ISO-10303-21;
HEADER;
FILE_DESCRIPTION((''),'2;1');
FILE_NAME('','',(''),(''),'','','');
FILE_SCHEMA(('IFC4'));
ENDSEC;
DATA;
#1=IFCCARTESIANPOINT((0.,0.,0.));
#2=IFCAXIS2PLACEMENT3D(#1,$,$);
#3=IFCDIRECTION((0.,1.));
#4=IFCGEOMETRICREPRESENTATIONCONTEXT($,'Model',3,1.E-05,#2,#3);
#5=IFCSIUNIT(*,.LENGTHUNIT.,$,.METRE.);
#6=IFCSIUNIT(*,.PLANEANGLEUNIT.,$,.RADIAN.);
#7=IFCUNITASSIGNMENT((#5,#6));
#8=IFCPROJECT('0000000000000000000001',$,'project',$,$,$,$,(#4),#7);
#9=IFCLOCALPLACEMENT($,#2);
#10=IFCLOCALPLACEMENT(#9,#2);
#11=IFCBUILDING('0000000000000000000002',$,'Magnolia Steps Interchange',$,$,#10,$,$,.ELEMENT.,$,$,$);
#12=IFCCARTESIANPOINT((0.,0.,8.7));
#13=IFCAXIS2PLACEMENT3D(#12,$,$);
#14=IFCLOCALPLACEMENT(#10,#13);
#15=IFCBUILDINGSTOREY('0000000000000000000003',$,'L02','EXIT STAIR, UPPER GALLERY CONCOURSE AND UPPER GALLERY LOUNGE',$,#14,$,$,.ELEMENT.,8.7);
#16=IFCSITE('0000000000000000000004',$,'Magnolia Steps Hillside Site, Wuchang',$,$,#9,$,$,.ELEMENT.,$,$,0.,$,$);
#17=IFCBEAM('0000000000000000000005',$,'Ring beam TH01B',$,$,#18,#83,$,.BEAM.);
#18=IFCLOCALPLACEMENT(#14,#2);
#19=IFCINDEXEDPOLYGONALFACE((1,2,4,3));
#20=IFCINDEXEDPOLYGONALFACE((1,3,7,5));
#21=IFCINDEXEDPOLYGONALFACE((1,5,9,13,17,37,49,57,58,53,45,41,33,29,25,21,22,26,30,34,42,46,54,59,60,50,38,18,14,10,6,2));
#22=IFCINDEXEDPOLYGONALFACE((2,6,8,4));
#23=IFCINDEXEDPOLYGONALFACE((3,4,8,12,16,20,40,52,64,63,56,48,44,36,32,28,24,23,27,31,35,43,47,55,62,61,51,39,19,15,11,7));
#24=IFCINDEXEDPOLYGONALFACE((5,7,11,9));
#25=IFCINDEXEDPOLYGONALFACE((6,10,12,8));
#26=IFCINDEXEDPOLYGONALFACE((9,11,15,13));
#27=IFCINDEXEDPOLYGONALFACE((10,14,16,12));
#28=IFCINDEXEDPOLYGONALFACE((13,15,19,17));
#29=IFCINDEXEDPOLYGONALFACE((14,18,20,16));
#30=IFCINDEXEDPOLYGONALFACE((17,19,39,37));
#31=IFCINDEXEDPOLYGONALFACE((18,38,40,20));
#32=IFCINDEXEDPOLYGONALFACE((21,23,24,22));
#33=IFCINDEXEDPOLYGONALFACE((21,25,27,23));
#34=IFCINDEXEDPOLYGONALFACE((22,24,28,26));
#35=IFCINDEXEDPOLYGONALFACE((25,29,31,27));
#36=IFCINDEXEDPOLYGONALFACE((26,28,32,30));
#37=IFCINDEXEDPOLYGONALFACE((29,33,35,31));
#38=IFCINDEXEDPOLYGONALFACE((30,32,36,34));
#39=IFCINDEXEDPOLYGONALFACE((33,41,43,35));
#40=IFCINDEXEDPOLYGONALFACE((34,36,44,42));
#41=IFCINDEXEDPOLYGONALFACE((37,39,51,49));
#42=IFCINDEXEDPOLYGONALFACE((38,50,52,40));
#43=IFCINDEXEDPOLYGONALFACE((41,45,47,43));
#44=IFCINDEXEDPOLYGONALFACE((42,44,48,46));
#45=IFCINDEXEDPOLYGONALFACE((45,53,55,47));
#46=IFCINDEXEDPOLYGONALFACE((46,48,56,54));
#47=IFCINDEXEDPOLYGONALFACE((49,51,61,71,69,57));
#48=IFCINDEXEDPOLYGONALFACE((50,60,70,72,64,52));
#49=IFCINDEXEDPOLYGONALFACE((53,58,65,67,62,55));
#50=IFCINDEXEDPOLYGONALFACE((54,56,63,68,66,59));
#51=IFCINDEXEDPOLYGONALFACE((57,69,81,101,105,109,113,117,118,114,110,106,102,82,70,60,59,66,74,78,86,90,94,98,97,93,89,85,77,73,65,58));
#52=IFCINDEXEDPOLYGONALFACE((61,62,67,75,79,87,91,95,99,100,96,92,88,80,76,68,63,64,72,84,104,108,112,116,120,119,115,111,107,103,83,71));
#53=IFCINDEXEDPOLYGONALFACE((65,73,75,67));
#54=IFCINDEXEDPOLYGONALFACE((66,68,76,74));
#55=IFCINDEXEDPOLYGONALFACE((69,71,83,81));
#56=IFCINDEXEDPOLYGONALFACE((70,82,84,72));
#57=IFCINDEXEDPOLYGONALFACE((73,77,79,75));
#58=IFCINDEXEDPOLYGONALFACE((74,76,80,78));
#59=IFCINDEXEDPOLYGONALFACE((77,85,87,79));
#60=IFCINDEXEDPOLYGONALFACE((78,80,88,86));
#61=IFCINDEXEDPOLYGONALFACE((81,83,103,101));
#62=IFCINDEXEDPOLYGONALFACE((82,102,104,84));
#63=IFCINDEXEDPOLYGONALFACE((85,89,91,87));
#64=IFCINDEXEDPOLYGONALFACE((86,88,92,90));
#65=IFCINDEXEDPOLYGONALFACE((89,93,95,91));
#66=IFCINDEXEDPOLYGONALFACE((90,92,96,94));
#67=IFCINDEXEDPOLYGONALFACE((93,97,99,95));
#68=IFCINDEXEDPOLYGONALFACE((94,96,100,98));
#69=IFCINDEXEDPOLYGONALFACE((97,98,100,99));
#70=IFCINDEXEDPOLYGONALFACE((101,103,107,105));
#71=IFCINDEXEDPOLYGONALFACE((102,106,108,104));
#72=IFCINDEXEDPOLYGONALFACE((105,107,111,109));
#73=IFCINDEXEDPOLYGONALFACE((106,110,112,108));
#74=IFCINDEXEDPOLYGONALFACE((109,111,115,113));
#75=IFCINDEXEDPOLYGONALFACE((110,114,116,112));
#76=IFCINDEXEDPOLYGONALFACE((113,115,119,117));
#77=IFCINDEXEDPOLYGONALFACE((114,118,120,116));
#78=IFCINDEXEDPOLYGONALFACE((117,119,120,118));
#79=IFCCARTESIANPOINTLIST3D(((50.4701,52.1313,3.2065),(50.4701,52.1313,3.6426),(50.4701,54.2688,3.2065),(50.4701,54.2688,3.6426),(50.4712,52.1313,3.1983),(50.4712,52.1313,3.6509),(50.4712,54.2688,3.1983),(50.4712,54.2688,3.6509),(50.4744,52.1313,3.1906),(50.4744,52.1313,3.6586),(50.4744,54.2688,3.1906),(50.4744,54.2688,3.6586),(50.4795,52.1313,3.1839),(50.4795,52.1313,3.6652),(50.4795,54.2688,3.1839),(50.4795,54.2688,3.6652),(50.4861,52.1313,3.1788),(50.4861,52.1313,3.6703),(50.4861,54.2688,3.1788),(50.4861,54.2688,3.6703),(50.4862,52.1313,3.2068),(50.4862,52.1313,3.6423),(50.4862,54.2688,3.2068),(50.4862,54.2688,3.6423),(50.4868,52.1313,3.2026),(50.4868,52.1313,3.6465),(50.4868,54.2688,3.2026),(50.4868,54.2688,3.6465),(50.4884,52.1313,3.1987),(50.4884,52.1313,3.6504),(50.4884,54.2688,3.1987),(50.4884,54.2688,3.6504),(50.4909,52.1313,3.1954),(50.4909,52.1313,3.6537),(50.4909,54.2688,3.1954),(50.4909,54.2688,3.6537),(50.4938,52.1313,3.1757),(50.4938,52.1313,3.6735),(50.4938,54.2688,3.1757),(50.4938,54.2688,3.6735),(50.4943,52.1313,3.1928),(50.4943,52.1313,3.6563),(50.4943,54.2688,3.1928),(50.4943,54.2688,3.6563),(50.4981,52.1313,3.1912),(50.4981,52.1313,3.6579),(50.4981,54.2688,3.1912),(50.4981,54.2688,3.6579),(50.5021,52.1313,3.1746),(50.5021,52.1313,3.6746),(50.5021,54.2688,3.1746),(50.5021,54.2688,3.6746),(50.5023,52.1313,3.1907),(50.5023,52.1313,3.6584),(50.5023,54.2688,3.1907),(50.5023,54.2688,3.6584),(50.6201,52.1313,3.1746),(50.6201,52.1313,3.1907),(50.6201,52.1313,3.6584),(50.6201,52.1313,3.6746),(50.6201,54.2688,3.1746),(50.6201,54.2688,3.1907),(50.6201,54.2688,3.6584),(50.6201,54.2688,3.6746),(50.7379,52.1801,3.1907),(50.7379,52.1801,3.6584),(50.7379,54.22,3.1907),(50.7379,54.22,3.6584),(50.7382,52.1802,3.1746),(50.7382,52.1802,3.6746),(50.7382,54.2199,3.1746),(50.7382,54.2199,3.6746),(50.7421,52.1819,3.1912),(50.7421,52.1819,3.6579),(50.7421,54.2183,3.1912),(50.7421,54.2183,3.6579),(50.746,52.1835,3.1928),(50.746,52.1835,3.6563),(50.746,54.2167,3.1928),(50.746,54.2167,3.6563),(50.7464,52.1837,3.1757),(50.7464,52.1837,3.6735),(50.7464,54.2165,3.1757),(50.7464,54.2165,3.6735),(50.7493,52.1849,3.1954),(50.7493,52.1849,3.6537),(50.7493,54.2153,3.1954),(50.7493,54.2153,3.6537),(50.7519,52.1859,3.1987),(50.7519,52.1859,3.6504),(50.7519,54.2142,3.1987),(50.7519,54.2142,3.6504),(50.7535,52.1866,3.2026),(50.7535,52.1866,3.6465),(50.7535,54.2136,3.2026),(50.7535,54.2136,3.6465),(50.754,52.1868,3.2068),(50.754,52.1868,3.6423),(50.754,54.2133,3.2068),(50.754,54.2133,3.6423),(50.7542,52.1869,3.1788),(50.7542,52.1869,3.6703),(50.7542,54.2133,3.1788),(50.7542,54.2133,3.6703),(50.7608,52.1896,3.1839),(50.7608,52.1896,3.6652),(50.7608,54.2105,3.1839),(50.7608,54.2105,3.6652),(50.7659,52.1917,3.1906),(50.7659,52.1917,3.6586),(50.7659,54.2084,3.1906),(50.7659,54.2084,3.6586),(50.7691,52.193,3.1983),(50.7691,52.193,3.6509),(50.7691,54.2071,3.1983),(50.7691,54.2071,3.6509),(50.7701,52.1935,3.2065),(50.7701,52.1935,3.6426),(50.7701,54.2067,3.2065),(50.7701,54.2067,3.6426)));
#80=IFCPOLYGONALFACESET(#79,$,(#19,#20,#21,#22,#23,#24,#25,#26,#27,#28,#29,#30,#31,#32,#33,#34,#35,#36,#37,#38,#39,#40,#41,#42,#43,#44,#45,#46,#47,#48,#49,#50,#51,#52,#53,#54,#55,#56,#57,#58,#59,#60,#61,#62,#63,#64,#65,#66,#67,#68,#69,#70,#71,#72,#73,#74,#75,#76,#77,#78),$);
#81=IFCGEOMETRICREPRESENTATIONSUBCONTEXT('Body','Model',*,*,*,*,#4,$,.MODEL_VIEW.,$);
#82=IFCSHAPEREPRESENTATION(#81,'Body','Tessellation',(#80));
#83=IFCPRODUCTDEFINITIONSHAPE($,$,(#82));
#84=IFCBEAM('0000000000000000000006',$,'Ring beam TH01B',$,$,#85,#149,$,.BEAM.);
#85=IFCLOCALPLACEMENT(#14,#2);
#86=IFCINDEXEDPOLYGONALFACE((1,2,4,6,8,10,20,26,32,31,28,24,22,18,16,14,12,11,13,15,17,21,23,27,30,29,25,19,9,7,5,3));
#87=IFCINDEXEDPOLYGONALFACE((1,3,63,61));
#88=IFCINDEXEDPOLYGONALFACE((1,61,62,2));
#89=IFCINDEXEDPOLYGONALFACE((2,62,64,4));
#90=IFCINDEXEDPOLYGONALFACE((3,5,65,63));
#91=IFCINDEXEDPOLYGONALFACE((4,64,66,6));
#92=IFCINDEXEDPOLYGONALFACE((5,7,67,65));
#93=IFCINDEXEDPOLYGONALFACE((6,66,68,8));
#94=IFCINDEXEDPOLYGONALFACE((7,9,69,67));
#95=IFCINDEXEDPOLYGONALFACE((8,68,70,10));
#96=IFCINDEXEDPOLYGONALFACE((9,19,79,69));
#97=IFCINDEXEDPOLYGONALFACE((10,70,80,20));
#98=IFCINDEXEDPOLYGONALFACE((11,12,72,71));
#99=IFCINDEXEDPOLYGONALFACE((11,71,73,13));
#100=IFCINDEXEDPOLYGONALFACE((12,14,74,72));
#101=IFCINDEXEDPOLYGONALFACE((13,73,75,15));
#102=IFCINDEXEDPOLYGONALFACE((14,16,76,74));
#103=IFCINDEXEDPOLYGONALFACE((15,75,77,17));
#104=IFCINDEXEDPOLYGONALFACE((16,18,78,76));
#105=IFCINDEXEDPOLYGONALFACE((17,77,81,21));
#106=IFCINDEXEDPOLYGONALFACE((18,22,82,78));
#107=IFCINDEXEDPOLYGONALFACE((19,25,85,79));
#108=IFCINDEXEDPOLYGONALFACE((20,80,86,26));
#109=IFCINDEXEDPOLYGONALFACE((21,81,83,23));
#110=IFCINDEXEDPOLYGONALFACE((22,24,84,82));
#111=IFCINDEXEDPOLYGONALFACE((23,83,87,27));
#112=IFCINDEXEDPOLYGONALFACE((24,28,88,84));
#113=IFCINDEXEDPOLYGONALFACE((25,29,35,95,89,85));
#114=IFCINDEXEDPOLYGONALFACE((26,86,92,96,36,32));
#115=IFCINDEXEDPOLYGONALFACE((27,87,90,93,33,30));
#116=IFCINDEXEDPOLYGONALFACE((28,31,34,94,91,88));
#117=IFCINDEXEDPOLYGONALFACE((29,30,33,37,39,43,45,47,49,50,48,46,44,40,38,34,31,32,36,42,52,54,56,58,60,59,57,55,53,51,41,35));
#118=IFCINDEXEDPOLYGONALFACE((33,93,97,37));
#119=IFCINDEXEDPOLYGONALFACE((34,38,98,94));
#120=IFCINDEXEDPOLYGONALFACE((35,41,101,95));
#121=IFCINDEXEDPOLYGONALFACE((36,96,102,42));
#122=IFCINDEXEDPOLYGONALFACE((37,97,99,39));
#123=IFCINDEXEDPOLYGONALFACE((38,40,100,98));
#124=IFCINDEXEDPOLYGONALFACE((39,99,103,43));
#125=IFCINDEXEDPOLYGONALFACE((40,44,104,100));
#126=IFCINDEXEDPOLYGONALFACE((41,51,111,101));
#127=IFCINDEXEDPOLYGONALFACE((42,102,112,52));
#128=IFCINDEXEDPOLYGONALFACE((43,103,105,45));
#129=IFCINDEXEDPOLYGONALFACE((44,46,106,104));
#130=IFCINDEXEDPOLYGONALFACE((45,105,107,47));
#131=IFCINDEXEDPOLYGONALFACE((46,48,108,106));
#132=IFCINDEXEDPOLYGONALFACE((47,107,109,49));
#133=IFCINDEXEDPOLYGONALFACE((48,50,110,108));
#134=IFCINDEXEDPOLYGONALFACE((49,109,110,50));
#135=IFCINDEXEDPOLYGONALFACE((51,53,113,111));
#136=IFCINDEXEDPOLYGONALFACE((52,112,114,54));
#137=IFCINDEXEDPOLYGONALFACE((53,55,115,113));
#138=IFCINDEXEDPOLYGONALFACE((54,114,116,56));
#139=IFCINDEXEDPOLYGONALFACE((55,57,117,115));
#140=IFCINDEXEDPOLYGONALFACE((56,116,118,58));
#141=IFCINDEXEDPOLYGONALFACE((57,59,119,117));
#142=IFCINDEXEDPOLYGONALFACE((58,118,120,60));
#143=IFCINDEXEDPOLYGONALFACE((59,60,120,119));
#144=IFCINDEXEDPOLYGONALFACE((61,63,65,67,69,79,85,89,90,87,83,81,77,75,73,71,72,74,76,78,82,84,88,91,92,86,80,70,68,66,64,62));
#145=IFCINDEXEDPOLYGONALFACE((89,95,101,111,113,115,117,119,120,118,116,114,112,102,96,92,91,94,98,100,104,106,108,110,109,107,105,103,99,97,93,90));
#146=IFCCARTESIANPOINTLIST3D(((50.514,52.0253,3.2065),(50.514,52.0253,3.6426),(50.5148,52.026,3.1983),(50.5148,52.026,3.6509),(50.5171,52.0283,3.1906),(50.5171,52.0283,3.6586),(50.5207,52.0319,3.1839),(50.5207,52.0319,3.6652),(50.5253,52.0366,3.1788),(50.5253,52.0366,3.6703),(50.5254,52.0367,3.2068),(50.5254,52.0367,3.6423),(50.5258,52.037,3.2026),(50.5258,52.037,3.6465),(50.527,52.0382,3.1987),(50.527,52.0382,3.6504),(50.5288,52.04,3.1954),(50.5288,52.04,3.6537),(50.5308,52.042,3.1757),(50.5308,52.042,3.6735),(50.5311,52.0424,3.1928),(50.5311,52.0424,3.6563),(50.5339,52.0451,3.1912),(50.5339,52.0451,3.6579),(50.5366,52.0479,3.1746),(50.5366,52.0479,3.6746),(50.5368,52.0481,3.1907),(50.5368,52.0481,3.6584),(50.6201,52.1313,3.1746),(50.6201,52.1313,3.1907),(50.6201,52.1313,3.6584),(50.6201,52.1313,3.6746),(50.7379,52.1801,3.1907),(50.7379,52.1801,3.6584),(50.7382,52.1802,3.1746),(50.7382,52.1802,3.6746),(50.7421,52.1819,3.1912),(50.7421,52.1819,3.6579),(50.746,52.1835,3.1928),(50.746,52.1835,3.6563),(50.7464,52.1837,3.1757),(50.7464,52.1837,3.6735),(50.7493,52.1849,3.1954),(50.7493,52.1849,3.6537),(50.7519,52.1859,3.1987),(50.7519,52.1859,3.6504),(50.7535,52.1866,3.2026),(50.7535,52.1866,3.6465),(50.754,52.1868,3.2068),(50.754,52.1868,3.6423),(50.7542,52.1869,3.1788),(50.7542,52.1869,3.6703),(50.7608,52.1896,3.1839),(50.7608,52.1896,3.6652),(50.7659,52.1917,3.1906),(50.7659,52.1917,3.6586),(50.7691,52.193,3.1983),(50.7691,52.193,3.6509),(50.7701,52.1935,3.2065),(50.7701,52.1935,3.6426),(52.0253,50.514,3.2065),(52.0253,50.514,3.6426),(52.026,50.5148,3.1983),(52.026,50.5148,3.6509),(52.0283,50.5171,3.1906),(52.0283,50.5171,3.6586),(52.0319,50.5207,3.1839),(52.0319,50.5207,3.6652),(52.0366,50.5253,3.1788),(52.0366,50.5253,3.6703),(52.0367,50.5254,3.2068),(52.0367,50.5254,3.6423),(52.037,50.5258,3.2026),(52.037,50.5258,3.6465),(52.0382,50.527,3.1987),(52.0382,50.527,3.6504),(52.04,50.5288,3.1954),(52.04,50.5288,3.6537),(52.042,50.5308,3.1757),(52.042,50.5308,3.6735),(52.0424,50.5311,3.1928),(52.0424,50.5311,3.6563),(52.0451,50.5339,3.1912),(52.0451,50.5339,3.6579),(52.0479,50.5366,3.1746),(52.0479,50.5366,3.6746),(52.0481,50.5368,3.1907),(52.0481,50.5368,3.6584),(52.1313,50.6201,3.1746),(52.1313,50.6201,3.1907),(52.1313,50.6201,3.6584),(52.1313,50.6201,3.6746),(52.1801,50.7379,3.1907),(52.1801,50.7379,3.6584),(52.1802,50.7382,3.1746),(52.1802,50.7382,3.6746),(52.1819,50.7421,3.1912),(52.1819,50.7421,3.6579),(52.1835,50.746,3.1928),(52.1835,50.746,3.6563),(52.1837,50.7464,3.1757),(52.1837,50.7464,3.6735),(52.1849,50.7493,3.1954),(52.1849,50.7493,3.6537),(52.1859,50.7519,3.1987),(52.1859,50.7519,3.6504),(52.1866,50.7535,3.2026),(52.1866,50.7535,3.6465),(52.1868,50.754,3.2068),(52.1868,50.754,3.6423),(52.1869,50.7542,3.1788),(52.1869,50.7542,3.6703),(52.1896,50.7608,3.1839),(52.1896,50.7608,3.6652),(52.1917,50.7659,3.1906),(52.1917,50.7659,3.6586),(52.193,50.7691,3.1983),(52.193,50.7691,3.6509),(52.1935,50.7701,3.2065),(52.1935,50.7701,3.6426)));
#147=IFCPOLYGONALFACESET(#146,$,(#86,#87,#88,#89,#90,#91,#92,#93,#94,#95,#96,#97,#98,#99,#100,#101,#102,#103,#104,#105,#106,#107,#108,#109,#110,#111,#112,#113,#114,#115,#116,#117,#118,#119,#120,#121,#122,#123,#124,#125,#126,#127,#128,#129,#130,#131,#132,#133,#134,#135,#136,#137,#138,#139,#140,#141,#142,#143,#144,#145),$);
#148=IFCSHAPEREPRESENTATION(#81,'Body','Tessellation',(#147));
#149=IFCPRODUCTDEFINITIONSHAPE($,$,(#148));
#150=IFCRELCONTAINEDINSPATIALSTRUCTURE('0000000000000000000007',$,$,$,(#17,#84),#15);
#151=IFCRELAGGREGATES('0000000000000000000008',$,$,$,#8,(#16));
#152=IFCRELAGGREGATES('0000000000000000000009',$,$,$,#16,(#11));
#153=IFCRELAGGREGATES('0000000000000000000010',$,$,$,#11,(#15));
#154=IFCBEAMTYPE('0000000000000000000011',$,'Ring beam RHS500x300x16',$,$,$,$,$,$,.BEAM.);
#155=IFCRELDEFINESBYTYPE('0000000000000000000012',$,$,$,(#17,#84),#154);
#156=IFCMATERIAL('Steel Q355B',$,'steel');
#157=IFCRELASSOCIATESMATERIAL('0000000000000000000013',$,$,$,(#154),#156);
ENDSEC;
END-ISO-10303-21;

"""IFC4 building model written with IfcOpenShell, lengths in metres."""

from ifc_helpers import new_model, si_unit, direction, frame, origin, origin_2d, place, context, subcontext, project, spatial, hollow_rectangle, extrude, clip, halfspace, material, material_profile, profile_set, type_object, element, save


model = new_model("IFC4")

# Units and contexts
model_context = context("Model", 3, precision=1e-05, world=origin(), true_north=direction((0.0, 1.0)))
body_context = subcontext(model_context, "Body", "Model", "MODEL_VIEW")
ifc_project = project(units=[si_unit("LENGTHUNIT", "METRE"), si_unit("PLANEANGLEUNIT", "RADIAN")], contexts=[model_context])

# Site, building, storey
site_placement = place(None, origin())
site = spatial("IfcSite", under=ifc_project, at=site_placement, Name="Magnolia Steps Hillside Site, Wuchang", CompositionType="ELEMENT", RefElevation=0.0)
building_placement = place(site_placement, origin())
building = spatial("IfcBuilding", under=site, at=building_placement, Name="Magnolia Steps Interchange", CompositionType="ELEMENT")
storey_placement = place(building_placement, frame((0.0, 0.0, 8.7)))
storey = spatial("IfcBuildingStorey", under=building, at=storey_placement, Name="L02", Description="EXIT STAIR, UPPER GALLERY CONCOURSE AND UPPER GALLERY LOUNGE", CompositionType="ELEMENT", Elevation=8.7)

# Beams
ifc_material_1 = material(Name="Steel Q355B", Category="steel")
ifc_material_profile_1 = material_profile(ifc_material_1, hollow_rectangle(XDim=0.3, YDim=0.5, WallThickness=0.0161, InnerFilletRadius=0.0161, OuterFilletRadius=0.032, at=origin_2d()), Name="RHS500x300x16")
ifc_profile_set_1 = profile_set([ifc_material_profile_1], Name="Steel Q355B")
beam_type = type_object("IfcBeamType", Name="Ring beam RHS500x300x16", PredefinedType="BEAM", material=ifc_profile_set_1)
beam_1_placement = place(storey_placement, frame((50.6201, 54.2688, 3.4246), z_axis=(0.0, -1.0, 0.0), x_axis=(1.0, 0.0, 0.0)))
element("IfcBeam", 1, at=beam_1_placement, inside=storey, type_object=beam_type, Name="Ring beam TH01B", PredefinedType="BEAM", context=body_context, shape_type="Clipping", body=[
    clip(clip(extrude(hollow_rectangle(XDim=0.3, YDim=0.5, WallThickness=0.0161, InnerFilletRadius=0.0161, OuterFilletRadius=0.032, at=origin_2d()), origin(), (0.0, 0.0, 1.0), 2.1375), halfspace(frame((0.0, 0.0, 0.0), z_axis=(0.382683, 0.0, -0.92388), x_axis=(0.92388, 0.0, 0.382683)), False)), halfspace(frame((0.0, 0.0, 2.1375), z_axis=(0.382683, 0.0, 0.92388), x_axis=(0.92388, 0.0, -0.382683)), False)),
])
beam_2_placement = place(storey_placement, frame((50.6201, 52.1313, 3.4246), z_axis=(0.707107, -0.707107, 0.0), x_axis=(0.707107, 0.707107, 0.0)))
element("IfcBeam", 2, at=beam_2_placement, inside=storey, type_object=beam_type, Name="Ring beam TH01B", PredefinedType="BEAM", context=body_context, shape_type="Clipping", body=[
    clip(clip(extrude(hollow_rectangle(XDim=0.3, YDim=0.5, WallThickness=0.0161, InnerFilletRadius=0.0161, OuterFilletRadius=0.032, at=origin_2d()), origin(), (0.0, 0.0, 1.0), 2.1372), halfspace(frame((0.0, 0.0, 0.0), z_axis=(0.382683, 0.0, -0.92388), x_axis=(0.92388, 0.0, 0.382683)), False)), halfspace(frame((0.0, 0.0, 2.1372), z_axis=(0.382683, 0.0, 0.92388), x_axis=(0.92388, 0.0, -0.382683)), False)),
])

save(model, "model.ifc")
